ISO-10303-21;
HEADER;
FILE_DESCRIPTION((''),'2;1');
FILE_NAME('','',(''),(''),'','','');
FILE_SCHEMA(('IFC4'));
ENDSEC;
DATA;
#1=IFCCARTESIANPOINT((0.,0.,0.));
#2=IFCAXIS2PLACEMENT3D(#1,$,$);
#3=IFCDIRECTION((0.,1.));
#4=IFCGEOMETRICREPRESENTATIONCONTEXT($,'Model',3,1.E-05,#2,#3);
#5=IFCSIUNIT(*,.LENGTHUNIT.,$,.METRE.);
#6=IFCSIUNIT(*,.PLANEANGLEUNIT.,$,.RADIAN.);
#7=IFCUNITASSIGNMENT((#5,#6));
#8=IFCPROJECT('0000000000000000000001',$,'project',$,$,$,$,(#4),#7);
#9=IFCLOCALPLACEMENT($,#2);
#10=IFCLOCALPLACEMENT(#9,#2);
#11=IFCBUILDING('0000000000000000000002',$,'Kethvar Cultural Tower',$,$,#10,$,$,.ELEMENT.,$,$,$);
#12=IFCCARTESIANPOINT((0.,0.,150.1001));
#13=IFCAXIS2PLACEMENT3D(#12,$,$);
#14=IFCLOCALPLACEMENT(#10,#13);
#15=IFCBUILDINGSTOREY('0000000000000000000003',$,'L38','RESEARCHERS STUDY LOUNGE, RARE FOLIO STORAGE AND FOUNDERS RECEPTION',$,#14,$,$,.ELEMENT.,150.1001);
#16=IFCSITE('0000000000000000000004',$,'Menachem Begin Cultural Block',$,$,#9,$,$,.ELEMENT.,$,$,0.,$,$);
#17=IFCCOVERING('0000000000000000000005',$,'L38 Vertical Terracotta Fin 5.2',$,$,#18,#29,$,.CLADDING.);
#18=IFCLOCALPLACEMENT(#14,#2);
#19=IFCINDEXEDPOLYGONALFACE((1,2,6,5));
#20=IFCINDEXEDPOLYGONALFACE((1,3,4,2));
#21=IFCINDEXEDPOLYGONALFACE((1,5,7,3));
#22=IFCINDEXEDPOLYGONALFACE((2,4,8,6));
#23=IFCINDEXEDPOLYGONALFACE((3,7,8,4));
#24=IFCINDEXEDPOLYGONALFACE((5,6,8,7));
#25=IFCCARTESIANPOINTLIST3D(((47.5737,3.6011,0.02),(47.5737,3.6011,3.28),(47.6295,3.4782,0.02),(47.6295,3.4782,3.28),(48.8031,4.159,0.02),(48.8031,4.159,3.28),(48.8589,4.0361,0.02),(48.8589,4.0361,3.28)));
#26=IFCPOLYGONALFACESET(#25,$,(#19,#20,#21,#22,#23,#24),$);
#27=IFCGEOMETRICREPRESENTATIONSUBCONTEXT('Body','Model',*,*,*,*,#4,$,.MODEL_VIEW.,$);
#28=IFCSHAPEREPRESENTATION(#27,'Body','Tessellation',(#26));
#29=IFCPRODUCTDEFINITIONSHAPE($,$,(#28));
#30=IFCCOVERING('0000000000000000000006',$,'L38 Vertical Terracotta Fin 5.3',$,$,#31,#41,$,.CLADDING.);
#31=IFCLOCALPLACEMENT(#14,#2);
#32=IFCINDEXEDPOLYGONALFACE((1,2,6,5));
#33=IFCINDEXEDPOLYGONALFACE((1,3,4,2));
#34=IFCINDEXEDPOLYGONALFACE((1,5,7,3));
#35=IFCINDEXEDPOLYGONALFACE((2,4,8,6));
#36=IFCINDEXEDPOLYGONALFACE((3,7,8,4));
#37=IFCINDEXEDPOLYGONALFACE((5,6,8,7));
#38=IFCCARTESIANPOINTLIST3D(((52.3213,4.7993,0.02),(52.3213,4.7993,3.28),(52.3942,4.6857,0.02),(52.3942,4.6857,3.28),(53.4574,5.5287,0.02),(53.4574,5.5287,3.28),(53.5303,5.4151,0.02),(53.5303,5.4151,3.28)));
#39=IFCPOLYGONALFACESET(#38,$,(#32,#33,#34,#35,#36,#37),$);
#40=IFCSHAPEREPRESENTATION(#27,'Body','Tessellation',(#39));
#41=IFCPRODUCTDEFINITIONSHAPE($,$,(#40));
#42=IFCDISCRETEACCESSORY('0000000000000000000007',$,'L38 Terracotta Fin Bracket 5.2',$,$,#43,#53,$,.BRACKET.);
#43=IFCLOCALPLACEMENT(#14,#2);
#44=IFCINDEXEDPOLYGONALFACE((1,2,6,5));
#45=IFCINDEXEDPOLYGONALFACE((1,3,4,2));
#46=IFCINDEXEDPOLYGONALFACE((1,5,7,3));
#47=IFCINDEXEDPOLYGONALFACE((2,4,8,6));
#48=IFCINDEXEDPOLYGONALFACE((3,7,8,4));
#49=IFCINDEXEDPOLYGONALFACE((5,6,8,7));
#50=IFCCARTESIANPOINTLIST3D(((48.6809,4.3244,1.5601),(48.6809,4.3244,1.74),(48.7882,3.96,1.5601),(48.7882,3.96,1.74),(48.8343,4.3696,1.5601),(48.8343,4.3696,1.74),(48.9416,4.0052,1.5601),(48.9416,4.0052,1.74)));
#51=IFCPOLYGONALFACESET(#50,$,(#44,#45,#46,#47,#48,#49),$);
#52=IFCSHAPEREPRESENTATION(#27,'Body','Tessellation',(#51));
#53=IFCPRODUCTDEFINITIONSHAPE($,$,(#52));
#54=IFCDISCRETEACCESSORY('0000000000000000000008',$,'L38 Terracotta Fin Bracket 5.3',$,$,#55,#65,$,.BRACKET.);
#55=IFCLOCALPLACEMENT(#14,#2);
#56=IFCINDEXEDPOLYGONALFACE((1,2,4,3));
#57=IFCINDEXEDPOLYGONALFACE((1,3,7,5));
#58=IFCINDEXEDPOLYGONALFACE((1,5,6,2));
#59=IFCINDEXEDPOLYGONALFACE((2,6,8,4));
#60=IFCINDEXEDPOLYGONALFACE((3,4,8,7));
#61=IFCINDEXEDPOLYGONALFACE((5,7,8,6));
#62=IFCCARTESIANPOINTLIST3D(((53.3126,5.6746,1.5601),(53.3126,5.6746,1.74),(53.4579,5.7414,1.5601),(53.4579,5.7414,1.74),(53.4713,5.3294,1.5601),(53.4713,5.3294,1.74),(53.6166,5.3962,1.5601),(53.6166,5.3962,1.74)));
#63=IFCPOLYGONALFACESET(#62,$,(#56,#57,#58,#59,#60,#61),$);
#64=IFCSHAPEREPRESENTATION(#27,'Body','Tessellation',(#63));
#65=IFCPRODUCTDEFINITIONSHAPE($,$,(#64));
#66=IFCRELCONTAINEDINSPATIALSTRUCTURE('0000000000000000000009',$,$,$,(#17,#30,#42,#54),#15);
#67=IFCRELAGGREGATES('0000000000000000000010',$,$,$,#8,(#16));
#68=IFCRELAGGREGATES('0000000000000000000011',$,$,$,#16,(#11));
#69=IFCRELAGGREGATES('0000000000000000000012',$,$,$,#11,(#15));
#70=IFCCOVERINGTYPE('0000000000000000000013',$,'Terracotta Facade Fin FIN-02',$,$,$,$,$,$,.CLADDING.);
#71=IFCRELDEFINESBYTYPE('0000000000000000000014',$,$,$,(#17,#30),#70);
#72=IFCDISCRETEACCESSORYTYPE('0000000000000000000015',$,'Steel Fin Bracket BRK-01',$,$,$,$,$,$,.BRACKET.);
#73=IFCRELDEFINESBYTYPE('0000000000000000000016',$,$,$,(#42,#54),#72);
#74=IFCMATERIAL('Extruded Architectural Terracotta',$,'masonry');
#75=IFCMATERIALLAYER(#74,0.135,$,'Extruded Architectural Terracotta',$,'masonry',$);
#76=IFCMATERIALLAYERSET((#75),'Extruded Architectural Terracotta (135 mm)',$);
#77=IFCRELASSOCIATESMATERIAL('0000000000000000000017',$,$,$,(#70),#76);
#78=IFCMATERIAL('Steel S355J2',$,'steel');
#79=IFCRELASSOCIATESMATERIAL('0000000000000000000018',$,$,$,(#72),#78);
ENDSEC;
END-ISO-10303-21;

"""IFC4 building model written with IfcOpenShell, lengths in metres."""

from ifc_helpers import new_model, si_unit, direction, frame, origin, origin_2d, place, context, subcontext, project, spatial, rectangle, extrude, source, transform, mapped, material, layer, layer_set, type_object, element, save


model = new_model("IFC4")

# Units and contexts
model_context = context("Model", 3, precision=1e-05, world=origin(), true_north=direction((0.0, 1.0)))
body_context = subcontext(model_context, "Body", "Model", "MODEL_VIEW")
ifc_project = project(units=[si_unit("LENGTHUNIT", "METRE"), si_unit("PLANEANGLEUNIT", "RADIAN")], contexts=[model_context])

# Site, building, storey
site_placement = place(None, origin())
site = spatial("IfcSite", under=ifc_project, at=site_placement, Name="Menachem Begin Cultural Block", CompositionType="ELEMENT", RefElevation=0.0)
building_placement = place(site_placement, origin())
building = spatial("IfcBuilding", under=site, at=building_placement, Name="Kethvar Cultural Tower", CompositionType="ELEMENT")
storey_placement = place(building_placement, frame((0.0, 0.0, 150.1001)))
storey = spatial("IfcBuildingStorey", under=building, at=storey_placement, Name="L38", Description="RESEARCHERS STUDY LOUNGE, RARE FOLIO STORAGE AND FOUNDERS RECEPTION", CompositionType="ELEMENT", Elevation=150.1001)

# Shared definitions
ifc_material_1 = material(Name="Steel S355J2", Category="steel")

# Coverings
ifc_material_2 = material(Name="Extruded Architectural Terracotta", Category="masonry")
ifc_layer_1 = layer(ifc_material_2, 0.135, Name="Extruded Architectural Terracotta", Category="masonry")
ifc_layer_set_1 = layer_set([ifc_layer_1], Name="Extruded Architectural Terracotta (135 mm)")
covering_type = type_object("IfcCoveringType", Name="Terracotta Facade Fin FIN-02", PredefinedType="CLADDING", material=ifc_layer_set_1)
shared_shape_1 = source(origin(), body_context, "Body", "SweptSolid", [
    extrude(rectangle(XDim=1.3501, YDim=0.135, at=origin_2d()), origin(), (0.0, 0.0, 1.0), 3.26),
])
for number, where, z_axis, x_axis, name in (
    (1, (48.2163, 3.8186, 0.02), (0.0, 0.0, 1.0), (-0.910612, -0.413263, 0.0), "L38 Vertical Terracotta Fin 5.2"),
    (2, (52.9258, 5.1072, 0.02), (0.0, 0.0, 1.0), (-0.841511, -0.54024, 0.0), "L38 Vertical Terracotta Fin 5.3"),
):
    element("IfcCovering", number, at=place(storey_placement, frame(where, z_axis=z_axis, x_axis=x_axis)), inside=storey, type_object=covering_type, Name=name, PredefinedType="CLADDING", context=body_context, shape_type="MappedRepresentation", body=[
        mapped(shared_shape_1, transform((0.0, 0.0, 0.0), scale=1.0)),
    ])

# Discrete accessories
discrete_accessory_type = type_object("IfcDiscreteAccessoryType", Name="Steel Fin Bracket BRK-01", PredefinedType="BRACKET", material=ifc_material_1)
shared_shape_2 = source(origin(), body_context, "Body", "SweptSolid", [
    extrude(rectangle(XDim=0.3799, YDim=0.1599, at=origin_2d()), origin(), (0.0, 0.0, 1.0), 0.1799),
])
for number, where, z_axis, x_axis, name in (
    (3, (48.8113, 4.1648, 1.5601), (0.0, 0.0, 1.0), (0.282509, -0.959265, 0.0), "L38 Terracotta Fin Bracket 5.2"),
    (4, (53.4646, 5.5354, 1.5601), (0.0, 0.0, 1.0), (0.417867, -0.908508, 0.0), "L38 Terracotta Fin Bracket 5.3"),
):
    element("IfcDiscreteAccessory", number, at=place(storey_placement, frame(where, z_axis=z_axis, x_axis=x_axis)), inside=storey, type_object=discrete_accessory_type, Name=name, PredefinedType="BRACKET", context=body_context, shape_type="MappedRepresentation", body=[
        mapped(shared_shape_2, transform((0.0, 0.0, 0.0), scale=1.0)),
    ])

save(model, "model.ifc")
